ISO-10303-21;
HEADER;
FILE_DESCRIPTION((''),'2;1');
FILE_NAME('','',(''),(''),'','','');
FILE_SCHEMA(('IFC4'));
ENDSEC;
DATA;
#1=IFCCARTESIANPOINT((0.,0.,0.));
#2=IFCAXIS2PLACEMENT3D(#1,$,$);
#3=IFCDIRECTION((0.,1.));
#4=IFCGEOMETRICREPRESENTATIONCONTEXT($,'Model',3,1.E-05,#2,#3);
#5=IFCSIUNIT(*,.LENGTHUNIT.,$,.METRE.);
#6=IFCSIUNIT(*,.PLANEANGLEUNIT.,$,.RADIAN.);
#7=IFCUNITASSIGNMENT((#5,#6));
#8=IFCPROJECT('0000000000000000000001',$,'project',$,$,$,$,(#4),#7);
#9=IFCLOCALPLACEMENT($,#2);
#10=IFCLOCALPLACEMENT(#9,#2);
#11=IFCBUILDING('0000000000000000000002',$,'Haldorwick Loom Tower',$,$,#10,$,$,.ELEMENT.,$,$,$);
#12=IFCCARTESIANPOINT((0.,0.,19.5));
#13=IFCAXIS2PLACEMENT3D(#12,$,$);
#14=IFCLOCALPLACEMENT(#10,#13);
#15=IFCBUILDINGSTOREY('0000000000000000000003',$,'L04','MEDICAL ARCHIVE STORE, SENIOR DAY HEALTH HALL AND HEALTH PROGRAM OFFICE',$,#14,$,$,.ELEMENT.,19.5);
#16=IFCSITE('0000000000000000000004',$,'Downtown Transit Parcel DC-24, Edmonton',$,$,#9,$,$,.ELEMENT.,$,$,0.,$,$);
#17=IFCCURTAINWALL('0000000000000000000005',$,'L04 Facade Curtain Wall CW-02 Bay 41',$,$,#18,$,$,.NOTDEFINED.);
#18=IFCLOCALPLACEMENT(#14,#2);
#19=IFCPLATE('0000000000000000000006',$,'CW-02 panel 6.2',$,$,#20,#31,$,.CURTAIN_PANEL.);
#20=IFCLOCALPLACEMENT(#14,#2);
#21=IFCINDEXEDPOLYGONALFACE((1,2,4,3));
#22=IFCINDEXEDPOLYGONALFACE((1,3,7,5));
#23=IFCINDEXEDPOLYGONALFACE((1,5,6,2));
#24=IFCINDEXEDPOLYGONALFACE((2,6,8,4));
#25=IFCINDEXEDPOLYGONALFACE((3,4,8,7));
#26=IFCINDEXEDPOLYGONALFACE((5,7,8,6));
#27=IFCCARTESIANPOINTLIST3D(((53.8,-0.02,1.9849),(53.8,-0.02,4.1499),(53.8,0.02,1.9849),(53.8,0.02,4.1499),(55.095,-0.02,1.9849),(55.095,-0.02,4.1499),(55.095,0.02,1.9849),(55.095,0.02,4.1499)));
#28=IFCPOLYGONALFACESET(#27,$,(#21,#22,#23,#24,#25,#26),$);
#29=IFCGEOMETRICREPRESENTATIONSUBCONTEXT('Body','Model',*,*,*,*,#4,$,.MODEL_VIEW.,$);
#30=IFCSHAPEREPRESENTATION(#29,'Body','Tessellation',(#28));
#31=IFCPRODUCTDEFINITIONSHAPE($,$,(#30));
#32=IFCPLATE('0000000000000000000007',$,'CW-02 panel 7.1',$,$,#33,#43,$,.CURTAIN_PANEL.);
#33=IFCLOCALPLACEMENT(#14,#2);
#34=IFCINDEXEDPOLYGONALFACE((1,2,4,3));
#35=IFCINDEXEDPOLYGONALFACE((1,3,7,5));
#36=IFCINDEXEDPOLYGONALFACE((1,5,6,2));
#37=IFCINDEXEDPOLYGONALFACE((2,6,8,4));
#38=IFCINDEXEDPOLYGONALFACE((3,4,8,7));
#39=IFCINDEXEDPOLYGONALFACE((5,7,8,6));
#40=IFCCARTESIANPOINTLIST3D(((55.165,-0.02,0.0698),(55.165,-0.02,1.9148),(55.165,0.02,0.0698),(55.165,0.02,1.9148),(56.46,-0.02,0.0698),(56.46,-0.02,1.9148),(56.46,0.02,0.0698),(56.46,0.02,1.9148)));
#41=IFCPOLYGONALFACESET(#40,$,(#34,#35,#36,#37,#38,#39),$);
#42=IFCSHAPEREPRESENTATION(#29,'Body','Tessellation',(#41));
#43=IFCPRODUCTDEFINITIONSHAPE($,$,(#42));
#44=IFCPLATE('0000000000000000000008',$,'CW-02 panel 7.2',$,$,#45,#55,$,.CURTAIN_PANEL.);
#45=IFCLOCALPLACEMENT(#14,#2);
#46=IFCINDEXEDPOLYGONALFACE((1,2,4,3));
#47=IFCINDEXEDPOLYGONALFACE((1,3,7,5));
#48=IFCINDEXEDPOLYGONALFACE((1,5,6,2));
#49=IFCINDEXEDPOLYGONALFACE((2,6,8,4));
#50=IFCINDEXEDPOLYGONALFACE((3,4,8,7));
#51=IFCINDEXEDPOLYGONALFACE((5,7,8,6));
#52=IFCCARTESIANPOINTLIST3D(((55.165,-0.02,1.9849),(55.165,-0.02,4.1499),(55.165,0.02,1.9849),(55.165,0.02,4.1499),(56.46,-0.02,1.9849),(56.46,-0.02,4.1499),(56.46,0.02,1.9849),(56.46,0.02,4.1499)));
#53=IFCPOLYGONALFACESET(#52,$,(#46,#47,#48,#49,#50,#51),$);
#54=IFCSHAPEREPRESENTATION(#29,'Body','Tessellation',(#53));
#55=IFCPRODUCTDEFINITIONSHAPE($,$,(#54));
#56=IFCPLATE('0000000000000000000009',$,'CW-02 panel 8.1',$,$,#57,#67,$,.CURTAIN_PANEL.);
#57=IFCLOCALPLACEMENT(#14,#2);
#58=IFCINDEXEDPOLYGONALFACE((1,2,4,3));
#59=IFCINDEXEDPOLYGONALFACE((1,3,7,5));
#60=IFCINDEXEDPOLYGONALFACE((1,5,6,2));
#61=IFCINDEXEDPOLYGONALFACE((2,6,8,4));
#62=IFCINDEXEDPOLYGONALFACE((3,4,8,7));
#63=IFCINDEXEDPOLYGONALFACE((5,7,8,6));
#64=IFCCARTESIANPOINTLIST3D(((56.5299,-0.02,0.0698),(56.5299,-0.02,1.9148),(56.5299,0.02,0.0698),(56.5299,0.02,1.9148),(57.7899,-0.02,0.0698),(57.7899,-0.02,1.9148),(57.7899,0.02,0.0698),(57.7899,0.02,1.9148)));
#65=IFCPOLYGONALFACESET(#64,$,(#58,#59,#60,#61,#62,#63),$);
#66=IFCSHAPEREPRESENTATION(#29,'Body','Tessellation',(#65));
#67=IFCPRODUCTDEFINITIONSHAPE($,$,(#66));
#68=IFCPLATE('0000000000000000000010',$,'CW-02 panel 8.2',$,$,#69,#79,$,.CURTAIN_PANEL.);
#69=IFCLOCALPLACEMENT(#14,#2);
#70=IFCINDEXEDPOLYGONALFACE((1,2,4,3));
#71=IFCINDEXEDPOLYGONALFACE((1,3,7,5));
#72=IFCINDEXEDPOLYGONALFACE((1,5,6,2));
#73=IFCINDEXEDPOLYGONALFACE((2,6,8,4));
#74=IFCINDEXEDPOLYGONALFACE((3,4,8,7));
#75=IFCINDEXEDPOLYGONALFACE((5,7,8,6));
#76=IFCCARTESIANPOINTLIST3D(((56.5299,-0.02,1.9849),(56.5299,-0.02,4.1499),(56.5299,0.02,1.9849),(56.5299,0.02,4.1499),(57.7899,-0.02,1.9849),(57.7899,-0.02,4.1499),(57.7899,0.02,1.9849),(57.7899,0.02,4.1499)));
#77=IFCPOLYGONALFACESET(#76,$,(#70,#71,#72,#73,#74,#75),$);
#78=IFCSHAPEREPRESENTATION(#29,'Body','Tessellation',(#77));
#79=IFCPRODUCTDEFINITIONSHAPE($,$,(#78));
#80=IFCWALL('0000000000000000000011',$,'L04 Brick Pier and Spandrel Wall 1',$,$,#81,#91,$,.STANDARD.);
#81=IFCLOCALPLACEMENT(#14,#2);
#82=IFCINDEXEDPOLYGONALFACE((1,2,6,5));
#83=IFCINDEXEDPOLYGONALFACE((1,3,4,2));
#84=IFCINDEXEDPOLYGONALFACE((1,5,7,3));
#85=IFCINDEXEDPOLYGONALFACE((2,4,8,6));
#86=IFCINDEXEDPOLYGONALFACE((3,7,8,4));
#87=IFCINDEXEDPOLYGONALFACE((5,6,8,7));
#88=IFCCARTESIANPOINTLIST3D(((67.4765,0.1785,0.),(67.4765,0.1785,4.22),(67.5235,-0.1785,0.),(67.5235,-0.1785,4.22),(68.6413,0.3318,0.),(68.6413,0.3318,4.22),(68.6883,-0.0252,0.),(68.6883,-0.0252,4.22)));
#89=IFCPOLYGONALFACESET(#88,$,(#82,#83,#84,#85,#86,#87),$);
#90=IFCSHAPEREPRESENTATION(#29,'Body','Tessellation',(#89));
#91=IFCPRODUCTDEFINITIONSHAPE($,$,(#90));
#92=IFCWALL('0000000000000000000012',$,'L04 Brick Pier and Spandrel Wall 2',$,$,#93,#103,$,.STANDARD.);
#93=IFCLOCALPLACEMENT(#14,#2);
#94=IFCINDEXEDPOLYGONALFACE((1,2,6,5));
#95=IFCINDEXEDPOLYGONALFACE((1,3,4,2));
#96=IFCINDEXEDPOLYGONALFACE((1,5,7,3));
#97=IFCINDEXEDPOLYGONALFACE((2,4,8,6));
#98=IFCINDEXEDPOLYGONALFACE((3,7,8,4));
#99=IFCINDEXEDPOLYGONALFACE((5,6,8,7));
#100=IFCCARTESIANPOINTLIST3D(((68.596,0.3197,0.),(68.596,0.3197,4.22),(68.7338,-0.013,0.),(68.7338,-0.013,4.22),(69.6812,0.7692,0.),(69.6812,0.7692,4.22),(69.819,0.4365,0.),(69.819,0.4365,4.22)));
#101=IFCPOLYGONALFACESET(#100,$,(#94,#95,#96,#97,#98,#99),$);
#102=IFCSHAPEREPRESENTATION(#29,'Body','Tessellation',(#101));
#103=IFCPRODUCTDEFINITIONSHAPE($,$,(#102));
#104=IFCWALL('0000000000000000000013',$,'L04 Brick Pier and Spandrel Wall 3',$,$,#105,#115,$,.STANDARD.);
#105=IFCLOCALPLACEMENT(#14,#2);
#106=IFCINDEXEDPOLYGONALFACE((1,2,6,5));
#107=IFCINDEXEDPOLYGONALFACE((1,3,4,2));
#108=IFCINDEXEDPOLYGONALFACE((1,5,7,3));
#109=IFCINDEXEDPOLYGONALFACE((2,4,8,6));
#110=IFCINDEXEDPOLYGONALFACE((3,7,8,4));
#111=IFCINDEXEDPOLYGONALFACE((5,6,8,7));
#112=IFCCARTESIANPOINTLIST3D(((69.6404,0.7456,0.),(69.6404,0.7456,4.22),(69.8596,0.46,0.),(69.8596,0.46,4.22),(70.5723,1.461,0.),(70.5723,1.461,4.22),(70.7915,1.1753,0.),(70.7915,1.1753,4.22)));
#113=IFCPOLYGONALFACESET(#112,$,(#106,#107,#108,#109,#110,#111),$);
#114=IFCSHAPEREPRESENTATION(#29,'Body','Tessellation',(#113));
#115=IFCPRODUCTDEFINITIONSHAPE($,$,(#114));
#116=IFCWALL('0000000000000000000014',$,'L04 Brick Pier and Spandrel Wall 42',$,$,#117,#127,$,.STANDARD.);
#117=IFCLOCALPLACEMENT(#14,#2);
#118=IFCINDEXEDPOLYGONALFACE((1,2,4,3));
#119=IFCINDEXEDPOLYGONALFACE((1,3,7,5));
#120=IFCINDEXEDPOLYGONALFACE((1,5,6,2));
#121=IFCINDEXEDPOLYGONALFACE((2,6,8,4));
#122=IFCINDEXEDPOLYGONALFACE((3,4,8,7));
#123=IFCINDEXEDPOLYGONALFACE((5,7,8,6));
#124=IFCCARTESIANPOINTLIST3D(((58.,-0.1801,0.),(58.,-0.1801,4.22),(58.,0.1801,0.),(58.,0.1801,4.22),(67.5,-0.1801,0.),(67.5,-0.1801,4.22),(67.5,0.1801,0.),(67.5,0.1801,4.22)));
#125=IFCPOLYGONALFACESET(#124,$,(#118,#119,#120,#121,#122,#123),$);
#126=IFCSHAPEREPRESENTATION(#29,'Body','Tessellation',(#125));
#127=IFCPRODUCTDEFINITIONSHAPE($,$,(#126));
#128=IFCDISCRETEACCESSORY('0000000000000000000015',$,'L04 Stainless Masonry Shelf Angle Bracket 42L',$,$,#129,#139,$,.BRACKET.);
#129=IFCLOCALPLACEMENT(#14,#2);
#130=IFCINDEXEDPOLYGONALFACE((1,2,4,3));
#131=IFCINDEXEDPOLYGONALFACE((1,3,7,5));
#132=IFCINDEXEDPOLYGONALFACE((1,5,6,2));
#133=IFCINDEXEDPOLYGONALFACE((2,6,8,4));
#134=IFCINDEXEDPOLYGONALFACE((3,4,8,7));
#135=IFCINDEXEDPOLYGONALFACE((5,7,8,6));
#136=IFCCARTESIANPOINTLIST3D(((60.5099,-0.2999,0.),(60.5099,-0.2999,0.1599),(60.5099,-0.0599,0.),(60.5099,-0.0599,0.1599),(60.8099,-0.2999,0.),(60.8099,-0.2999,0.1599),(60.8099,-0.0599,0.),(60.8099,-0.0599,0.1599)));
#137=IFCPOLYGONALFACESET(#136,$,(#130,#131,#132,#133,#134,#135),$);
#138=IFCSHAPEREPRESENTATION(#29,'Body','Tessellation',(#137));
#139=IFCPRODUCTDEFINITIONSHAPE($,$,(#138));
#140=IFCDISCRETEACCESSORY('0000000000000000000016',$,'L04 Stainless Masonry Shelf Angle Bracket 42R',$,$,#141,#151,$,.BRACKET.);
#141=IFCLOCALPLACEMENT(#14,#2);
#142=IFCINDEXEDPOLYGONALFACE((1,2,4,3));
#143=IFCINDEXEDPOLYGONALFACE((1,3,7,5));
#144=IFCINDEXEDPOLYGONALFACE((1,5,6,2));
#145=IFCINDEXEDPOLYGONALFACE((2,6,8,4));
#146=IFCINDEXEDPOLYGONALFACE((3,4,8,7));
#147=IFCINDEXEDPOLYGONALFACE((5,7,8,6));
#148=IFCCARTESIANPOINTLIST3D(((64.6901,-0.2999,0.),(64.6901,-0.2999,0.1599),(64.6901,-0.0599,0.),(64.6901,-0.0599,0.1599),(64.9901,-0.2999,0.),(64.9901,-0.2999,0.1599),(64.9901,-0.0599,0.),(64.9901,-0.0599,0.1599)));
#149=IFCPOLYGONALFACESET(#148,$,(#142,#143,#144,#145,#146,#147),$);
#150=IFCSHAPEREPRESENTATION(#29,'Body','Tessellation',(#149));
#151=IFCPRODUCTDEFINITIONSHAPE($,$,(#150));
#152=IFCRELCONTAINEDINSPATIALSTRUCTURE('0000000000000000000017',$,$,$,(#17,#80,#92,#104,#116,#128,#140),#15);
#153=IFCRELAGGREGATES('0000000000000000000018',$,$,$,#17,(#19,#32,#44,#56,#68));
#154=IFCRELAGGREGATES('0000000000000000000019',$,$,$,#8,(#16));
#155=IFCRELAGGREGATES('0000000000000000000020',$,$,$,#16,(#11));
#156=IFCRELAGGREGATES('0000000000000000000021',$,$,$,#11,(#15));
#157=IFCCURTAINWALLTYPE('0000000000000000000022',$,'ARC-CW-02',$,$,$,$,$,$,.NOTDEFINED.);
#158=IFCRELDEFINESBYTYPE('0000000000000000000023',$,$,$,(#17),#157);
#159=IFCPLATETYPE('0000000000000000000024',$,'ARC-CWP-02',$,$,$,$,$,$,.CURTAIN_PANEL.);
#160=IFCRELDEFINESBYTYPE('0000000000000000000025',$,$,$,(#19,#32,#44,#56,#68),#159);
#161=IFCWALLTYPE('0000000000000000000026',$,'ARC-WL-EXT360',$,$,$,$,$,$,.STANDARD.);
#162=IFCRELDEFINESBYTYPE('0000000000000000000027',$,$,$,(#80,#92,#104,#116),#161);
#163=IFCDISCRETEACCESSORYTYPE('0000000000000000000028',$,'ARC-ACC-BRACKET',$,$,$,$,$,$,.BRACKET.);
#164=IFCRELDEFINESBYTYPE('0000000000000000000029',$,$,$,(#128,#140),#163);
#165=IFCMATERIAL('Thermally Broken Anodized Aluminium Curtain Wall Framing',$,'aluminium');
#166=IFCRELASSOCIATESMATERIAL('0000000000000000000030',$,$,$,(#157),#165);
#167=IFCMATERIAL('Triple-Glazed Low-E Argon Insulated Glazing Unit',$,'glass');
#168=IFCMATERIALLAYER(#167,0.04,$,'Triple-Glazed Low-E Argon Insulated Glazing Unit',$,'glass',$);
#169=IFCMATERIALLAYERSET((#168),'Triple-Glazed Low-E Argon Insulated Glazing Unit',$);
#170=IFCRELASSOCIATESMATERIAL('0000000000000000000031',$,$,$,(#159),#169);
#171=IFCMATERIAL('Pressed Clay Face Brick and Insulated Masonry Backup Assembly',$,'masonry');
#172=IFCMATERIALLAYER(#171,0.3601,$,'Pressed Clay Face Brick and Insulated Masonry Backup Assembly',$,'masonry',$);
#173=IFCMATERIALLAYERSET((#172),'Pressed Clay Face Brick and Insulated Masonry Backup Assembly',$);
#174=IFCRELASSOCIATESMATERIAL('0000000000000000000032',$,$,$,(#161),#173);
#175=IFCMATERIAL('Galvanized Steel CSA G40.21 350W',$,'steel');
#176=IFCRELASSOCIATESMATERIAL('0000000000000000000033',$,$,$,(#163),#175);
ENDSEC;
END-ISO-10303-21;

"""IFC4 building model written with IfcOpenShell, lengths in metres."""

from ifc_helpers import new_model, si_unit, direction, frame, frame_2d, origin, origin_2d, place, context, subcontext, project, spatial, rectangle, extrude, material, layer, layer_set, type_object, element, aggregate, save


model = new_model("IFC4")

# Units and contexts
model_context = context("Model", 3, precision=1e-05, world=origin(), true_north=direction((0.0, 1.0)))
body_context = subcontext(model_context, "Body", "Model", "MODEL_VIEW")
ifc_project = project(units=[si_unit("LENGTHUNIT", "METRE"), si_unit("PLANEANGLEUNIT", "RADIAN")], contexts=[model_context])

# Site, building, storey
site_placement = place(None, origin())
site = spatial("IfcSite", under=ifc_project, at=site_placement, Name="Downtown Transit Parcel DC-24, Edmonton", CompositionType="ELEMENT", RefElevation=0.0)
building_placement = place(site_placement, origin())
building = spatial("IfcBuilding", under=site, at=building_placement, Name="Haldorwick Loom Tower", CompositionType="ELEMENT")
storey_placement = place(building_placement, frame((0.0, 0.0, 19.5)))
storey = spatial("IfcBuildingStorey", under=building, at=storey_placement, Name="L04", Description="MEDICAL ARCHIVE STORE, SENIOR DAY HEALTH HALL AND HEALTH PROGRAM OFFICE", CompositionType="ELEMENT", Elevation=19.5)

# Curtain wall, plates
ifc_material_1 = material(Name="Thermally Broken Anodized Aluminium Curtain Wall Framing", Category="aluminium")
curtain_wall_type = type_object("IfcCurtainWallType", Name="ARC-CW-02", PredefinedType="NOTDEFINED", material=ifc_material_1)
curtain_wall_placement = place(storey_placement, origin())
curtain_wall = element("IfcCurtainWall", 1, at=curtain_wall_placement, inside=storey, type_object=curtain_wall_type, Name="L04 Facade Curtain Wall CW-02 Bay 41", PredefinedType="NOTDEFINED")
ifc_material_2 = material(Name="Triple-Glazed Low-E Argon Insulated Glazing Unit", Category="glass")
ifc_layer_1 = layer(ifc_material_2, 0.04, Name="Triple-Glazed Low-E Argon Insulated Glazing Unit", Category="glass")
ifc_layer_set_1 = layer_set([ifc_layer_1], Name="Triple-Glazed Low-E Argon Insulated Glazing Unit")
plate_type = type_object("IfcPlateType", Name="ARC-CWP-02", PredefinedType="CURTAIN_PANEL", material=ifc_layer_set_1)
plate_1_placement = place(storey_placement, frame((54.4475, 0.0, 1.9849), z_axis=(0.0, 0.0, 1.0), x_axis=(1.0, 0.0, 0.0)))
plate_1 = element("IfcPlate", 2, at=plate_1_placement, type_object=plate_type, Name="CW-02 panel 6.2", PredefinedType="CURTAIN_PANEL", context=body_context, shape_type="SweptSolid", body=[
    extrude(rectangle(XDim=1.2949, YDim=0.04, at=origin_2d()), origin(), (0.0, 0.0, 1.0), 2.165),
])
plate_2_placement = place(storey_placement, frame((55.8125, 0.0, 0.0698), z_axis=(0.0, 0.0, 1.0), x_axis=(1.0, 0.0, 0.0)))
plate_2 = element("IfcPlate", 3, at=plate_2_placement, type_object=plate_type, Name="CW-02 panel 7.1", PredefinedType="CURTAIN_PANEL", context=body_context, shape_type="SweptSolid", body=[
    extrude(rectangle(XDim=1.2949, YDim=0.04, at=origin_2d()), origin(), (0.0, 0.0, 1.0), 1.845),
])
plate_3_placement = place(storey_placement, frame((55.8125, 0.0, 1.9849), z_axis=(0.0, 0.0, 1.0), x_axis=(1.0, 0.0, 0.0)))
plate_3 = element("IfcPlate", 4, at=plate_3_placement, type_object=plate_type, Name="CW-02 panel 7.2", PredefinedType="CURTAIN_PANEL", context=body_context, shape_type="SweptSolid", body=[
    extrude(rectangle(XDim=1.2949, YDim=0.04, at=origin_2d()), origin(), (0.0, 0.0, 1.0), 2.165),
])
plate_4_placement = place(storey_placement, frame((57.1599, 0.0, 0.0698), z_axis=(0.0, 0.0, 1.0), x_axis=(1.0, 0.0, 0.0)))
plate_4 = element("IfcPlate", 5, at=plate_4_placement, type_object=plate_type, Name="CW-02 panel 8.1", PredefinedType="CURTAIN_PANEL", context=body_context, shape_type="SweptSolid", body=[
    extrude(rectangle(XDim=1.26, YDim=0.04, at=origin_2d()), origin(), (0.0, 0.0, 1.0), 1.845),
])
plate_5_placement = place(storey_placement, frame((57.1599, 0.0, 1.9849), z_axis=(0.0, 0.0, 1.0), x_axis=(1.0, 0.0, 0.0)))
plate_5 = element("IfcPlate", 6, at=plate_5_placement, type_object=plate_type, Name="CW-02 panel 8.2", PredefinedType="CURTAIN_PANEL", context=body_context, shape_type="SweptSolid", body=[
    extrude(rectangle(XDim=1.26, YDim=0.04, at=origin_2d()), origin(), (0.0, 0.0, 1.0), 2.165),
])
aggregate(curtain_wall, [plate_1, plate_2, plate_3, plate_4, plate_5])

# Walls
ifc_material_3 = material(Name="Pressed Clay Face Brick and Insulated Masonry Backup Assembly", Category="masonry")
ifc_layer_2 = layer(ifc_material_3, 0.3601, Name="Pressed Clay Face Brick and Insulated Masonry Backup Assembly", Category="masonry")
ifc_layer_set_2 = layer_set([ifc_layer_2], Name="Pressed Clay Face Brick and Insulated Masonry Backup Assembly")
wall_type = type_object("IfcWallType", Name="ARC-WL-EXT360", PredefinedType="STANDARD", material=ifc_layer_set_2)
wall_1_placement = place(storey_placement, frame((67.5, 0.0, 0.0), z_axis=(0.0, 0.0, 1.0), x_axis=(0.991448, 0.130503, 0.0)))
element("IfcWall", 7, at=wall_1_placement, inside=storey, type_object=wall_type, Name="L04 Brick Pier and Spandrel Wall 1", PredefinedType="STANDARD", context=body_context, shape_type="SweptSolid", body=[
    extrude(rectangle(XDim=1.1748, YDim=0.3601, at=frame_2d((0.5874, 0.0))), origin(), (0.0, 0.0, 1.0), 4.22),
])
wall_2_placement = place(storey_placement, frame((68.6648, 0.1533, 0.0), z_axis=(0.0, 0.0, 1.0), x_axis=(0.923893, 0.382652, 0.0)))
element("IfcWall", 8, at=wall_2_placement, inside=storey, type_object=wall_type, Name="L04 Brick Pier and Spandrel Wall 2", PredefinedType="STANDARD", context=body_context, shape_type="SweptSolid", body=[
    extrude(rectangle(XDim=1.1746, YDim=0.3601, at=frame_2d((0.5874, 0.0))), origin(), (0.0, 0.0, 1.0), 4.22),
])
wall_3_placement = place(storey_placement, frame((69.75, 0.6028, 0.0), z_axis=(0.0, 0.0, 1.0), x_axis=(0.793242, 0.608907, 0.0)))
element("IfcWall", 9, at=wall_3_placement, inside=storey, type_object=wall_type, Name="L04 Brick Pier and Spandrel Wall 3", PredefinedType="STANDARD", context=body_context, shape_type="SweptSolid", body=[
    extrude(rectangle(XDim=1.1748, YDim=0.3601, at=frame_2d((0.5874, 0.0))), origin(), (0.0, 0.0, 1.0), 4.22),
])
wall_4_placement = place(storey_placement, frame((58.0, 0.0, 0.0), z_axis=(0.0, 0.0, 1.0), x_axis=(1.0, 0.0, 0.0)))
element("IfcWall", 10, at=wall_4_placement, inside=storey, type_object=wall_type, Name="L04 Brick Pier and Spandrel Wall 42", PredefinedType="STANDARD", context=body_context, shape_type="SweptSolid", body=[
    extrude(rectangle(XDim=9.5, YDim=0.3601, at=frame_2d((4.75, 0.0))), origin(), (0.0, 0.0, 1.0), 4.22),
])

# Discrete accessories
ifc_material_4 = material(Name="Galvanized Steel CSA G40.21 350W", Category="steel")
discrete_accessory_type = type_object("IfcDiscreteAccessoryType", Name="ARC-ACC-BRACKET", PredefinedType="BRACKET", material=ifc_material_4)
for number, where, z_axis, x_axis, name in (
    (11, (60.6599, -0.1799, 0.0), (0.0, 0.0, 1.0), (1.0, 0.0, 0.0), "L04 Stainless Masonry Shelf Angle Bracket 42L"),
    (12, (64.8401, -0.1799, 0.0), (0.0, 0.0, 1.0), (1.0, 0.0, 0.0), "L04 Stainless Masonry Shelf Angle Bracket 42R"),
):
    element("IfcDiscreteAccessory", number, at=place(storey_placement, frame(where, z_axis=z_axis, x_axis=x_axis)), inside=storey, type_object=discrete_accessory_type, Name=name, PredefinedType="BRACKET", context=body_context, shape_type="SweptSolid", body=[
        extrude(rectangle(XDim=0.3, YDim=0.24, at=origin_2d()), origin(), (0.0, 0.0, 1.0), 0.1599),
    ])

save(model, "model.ifc")
